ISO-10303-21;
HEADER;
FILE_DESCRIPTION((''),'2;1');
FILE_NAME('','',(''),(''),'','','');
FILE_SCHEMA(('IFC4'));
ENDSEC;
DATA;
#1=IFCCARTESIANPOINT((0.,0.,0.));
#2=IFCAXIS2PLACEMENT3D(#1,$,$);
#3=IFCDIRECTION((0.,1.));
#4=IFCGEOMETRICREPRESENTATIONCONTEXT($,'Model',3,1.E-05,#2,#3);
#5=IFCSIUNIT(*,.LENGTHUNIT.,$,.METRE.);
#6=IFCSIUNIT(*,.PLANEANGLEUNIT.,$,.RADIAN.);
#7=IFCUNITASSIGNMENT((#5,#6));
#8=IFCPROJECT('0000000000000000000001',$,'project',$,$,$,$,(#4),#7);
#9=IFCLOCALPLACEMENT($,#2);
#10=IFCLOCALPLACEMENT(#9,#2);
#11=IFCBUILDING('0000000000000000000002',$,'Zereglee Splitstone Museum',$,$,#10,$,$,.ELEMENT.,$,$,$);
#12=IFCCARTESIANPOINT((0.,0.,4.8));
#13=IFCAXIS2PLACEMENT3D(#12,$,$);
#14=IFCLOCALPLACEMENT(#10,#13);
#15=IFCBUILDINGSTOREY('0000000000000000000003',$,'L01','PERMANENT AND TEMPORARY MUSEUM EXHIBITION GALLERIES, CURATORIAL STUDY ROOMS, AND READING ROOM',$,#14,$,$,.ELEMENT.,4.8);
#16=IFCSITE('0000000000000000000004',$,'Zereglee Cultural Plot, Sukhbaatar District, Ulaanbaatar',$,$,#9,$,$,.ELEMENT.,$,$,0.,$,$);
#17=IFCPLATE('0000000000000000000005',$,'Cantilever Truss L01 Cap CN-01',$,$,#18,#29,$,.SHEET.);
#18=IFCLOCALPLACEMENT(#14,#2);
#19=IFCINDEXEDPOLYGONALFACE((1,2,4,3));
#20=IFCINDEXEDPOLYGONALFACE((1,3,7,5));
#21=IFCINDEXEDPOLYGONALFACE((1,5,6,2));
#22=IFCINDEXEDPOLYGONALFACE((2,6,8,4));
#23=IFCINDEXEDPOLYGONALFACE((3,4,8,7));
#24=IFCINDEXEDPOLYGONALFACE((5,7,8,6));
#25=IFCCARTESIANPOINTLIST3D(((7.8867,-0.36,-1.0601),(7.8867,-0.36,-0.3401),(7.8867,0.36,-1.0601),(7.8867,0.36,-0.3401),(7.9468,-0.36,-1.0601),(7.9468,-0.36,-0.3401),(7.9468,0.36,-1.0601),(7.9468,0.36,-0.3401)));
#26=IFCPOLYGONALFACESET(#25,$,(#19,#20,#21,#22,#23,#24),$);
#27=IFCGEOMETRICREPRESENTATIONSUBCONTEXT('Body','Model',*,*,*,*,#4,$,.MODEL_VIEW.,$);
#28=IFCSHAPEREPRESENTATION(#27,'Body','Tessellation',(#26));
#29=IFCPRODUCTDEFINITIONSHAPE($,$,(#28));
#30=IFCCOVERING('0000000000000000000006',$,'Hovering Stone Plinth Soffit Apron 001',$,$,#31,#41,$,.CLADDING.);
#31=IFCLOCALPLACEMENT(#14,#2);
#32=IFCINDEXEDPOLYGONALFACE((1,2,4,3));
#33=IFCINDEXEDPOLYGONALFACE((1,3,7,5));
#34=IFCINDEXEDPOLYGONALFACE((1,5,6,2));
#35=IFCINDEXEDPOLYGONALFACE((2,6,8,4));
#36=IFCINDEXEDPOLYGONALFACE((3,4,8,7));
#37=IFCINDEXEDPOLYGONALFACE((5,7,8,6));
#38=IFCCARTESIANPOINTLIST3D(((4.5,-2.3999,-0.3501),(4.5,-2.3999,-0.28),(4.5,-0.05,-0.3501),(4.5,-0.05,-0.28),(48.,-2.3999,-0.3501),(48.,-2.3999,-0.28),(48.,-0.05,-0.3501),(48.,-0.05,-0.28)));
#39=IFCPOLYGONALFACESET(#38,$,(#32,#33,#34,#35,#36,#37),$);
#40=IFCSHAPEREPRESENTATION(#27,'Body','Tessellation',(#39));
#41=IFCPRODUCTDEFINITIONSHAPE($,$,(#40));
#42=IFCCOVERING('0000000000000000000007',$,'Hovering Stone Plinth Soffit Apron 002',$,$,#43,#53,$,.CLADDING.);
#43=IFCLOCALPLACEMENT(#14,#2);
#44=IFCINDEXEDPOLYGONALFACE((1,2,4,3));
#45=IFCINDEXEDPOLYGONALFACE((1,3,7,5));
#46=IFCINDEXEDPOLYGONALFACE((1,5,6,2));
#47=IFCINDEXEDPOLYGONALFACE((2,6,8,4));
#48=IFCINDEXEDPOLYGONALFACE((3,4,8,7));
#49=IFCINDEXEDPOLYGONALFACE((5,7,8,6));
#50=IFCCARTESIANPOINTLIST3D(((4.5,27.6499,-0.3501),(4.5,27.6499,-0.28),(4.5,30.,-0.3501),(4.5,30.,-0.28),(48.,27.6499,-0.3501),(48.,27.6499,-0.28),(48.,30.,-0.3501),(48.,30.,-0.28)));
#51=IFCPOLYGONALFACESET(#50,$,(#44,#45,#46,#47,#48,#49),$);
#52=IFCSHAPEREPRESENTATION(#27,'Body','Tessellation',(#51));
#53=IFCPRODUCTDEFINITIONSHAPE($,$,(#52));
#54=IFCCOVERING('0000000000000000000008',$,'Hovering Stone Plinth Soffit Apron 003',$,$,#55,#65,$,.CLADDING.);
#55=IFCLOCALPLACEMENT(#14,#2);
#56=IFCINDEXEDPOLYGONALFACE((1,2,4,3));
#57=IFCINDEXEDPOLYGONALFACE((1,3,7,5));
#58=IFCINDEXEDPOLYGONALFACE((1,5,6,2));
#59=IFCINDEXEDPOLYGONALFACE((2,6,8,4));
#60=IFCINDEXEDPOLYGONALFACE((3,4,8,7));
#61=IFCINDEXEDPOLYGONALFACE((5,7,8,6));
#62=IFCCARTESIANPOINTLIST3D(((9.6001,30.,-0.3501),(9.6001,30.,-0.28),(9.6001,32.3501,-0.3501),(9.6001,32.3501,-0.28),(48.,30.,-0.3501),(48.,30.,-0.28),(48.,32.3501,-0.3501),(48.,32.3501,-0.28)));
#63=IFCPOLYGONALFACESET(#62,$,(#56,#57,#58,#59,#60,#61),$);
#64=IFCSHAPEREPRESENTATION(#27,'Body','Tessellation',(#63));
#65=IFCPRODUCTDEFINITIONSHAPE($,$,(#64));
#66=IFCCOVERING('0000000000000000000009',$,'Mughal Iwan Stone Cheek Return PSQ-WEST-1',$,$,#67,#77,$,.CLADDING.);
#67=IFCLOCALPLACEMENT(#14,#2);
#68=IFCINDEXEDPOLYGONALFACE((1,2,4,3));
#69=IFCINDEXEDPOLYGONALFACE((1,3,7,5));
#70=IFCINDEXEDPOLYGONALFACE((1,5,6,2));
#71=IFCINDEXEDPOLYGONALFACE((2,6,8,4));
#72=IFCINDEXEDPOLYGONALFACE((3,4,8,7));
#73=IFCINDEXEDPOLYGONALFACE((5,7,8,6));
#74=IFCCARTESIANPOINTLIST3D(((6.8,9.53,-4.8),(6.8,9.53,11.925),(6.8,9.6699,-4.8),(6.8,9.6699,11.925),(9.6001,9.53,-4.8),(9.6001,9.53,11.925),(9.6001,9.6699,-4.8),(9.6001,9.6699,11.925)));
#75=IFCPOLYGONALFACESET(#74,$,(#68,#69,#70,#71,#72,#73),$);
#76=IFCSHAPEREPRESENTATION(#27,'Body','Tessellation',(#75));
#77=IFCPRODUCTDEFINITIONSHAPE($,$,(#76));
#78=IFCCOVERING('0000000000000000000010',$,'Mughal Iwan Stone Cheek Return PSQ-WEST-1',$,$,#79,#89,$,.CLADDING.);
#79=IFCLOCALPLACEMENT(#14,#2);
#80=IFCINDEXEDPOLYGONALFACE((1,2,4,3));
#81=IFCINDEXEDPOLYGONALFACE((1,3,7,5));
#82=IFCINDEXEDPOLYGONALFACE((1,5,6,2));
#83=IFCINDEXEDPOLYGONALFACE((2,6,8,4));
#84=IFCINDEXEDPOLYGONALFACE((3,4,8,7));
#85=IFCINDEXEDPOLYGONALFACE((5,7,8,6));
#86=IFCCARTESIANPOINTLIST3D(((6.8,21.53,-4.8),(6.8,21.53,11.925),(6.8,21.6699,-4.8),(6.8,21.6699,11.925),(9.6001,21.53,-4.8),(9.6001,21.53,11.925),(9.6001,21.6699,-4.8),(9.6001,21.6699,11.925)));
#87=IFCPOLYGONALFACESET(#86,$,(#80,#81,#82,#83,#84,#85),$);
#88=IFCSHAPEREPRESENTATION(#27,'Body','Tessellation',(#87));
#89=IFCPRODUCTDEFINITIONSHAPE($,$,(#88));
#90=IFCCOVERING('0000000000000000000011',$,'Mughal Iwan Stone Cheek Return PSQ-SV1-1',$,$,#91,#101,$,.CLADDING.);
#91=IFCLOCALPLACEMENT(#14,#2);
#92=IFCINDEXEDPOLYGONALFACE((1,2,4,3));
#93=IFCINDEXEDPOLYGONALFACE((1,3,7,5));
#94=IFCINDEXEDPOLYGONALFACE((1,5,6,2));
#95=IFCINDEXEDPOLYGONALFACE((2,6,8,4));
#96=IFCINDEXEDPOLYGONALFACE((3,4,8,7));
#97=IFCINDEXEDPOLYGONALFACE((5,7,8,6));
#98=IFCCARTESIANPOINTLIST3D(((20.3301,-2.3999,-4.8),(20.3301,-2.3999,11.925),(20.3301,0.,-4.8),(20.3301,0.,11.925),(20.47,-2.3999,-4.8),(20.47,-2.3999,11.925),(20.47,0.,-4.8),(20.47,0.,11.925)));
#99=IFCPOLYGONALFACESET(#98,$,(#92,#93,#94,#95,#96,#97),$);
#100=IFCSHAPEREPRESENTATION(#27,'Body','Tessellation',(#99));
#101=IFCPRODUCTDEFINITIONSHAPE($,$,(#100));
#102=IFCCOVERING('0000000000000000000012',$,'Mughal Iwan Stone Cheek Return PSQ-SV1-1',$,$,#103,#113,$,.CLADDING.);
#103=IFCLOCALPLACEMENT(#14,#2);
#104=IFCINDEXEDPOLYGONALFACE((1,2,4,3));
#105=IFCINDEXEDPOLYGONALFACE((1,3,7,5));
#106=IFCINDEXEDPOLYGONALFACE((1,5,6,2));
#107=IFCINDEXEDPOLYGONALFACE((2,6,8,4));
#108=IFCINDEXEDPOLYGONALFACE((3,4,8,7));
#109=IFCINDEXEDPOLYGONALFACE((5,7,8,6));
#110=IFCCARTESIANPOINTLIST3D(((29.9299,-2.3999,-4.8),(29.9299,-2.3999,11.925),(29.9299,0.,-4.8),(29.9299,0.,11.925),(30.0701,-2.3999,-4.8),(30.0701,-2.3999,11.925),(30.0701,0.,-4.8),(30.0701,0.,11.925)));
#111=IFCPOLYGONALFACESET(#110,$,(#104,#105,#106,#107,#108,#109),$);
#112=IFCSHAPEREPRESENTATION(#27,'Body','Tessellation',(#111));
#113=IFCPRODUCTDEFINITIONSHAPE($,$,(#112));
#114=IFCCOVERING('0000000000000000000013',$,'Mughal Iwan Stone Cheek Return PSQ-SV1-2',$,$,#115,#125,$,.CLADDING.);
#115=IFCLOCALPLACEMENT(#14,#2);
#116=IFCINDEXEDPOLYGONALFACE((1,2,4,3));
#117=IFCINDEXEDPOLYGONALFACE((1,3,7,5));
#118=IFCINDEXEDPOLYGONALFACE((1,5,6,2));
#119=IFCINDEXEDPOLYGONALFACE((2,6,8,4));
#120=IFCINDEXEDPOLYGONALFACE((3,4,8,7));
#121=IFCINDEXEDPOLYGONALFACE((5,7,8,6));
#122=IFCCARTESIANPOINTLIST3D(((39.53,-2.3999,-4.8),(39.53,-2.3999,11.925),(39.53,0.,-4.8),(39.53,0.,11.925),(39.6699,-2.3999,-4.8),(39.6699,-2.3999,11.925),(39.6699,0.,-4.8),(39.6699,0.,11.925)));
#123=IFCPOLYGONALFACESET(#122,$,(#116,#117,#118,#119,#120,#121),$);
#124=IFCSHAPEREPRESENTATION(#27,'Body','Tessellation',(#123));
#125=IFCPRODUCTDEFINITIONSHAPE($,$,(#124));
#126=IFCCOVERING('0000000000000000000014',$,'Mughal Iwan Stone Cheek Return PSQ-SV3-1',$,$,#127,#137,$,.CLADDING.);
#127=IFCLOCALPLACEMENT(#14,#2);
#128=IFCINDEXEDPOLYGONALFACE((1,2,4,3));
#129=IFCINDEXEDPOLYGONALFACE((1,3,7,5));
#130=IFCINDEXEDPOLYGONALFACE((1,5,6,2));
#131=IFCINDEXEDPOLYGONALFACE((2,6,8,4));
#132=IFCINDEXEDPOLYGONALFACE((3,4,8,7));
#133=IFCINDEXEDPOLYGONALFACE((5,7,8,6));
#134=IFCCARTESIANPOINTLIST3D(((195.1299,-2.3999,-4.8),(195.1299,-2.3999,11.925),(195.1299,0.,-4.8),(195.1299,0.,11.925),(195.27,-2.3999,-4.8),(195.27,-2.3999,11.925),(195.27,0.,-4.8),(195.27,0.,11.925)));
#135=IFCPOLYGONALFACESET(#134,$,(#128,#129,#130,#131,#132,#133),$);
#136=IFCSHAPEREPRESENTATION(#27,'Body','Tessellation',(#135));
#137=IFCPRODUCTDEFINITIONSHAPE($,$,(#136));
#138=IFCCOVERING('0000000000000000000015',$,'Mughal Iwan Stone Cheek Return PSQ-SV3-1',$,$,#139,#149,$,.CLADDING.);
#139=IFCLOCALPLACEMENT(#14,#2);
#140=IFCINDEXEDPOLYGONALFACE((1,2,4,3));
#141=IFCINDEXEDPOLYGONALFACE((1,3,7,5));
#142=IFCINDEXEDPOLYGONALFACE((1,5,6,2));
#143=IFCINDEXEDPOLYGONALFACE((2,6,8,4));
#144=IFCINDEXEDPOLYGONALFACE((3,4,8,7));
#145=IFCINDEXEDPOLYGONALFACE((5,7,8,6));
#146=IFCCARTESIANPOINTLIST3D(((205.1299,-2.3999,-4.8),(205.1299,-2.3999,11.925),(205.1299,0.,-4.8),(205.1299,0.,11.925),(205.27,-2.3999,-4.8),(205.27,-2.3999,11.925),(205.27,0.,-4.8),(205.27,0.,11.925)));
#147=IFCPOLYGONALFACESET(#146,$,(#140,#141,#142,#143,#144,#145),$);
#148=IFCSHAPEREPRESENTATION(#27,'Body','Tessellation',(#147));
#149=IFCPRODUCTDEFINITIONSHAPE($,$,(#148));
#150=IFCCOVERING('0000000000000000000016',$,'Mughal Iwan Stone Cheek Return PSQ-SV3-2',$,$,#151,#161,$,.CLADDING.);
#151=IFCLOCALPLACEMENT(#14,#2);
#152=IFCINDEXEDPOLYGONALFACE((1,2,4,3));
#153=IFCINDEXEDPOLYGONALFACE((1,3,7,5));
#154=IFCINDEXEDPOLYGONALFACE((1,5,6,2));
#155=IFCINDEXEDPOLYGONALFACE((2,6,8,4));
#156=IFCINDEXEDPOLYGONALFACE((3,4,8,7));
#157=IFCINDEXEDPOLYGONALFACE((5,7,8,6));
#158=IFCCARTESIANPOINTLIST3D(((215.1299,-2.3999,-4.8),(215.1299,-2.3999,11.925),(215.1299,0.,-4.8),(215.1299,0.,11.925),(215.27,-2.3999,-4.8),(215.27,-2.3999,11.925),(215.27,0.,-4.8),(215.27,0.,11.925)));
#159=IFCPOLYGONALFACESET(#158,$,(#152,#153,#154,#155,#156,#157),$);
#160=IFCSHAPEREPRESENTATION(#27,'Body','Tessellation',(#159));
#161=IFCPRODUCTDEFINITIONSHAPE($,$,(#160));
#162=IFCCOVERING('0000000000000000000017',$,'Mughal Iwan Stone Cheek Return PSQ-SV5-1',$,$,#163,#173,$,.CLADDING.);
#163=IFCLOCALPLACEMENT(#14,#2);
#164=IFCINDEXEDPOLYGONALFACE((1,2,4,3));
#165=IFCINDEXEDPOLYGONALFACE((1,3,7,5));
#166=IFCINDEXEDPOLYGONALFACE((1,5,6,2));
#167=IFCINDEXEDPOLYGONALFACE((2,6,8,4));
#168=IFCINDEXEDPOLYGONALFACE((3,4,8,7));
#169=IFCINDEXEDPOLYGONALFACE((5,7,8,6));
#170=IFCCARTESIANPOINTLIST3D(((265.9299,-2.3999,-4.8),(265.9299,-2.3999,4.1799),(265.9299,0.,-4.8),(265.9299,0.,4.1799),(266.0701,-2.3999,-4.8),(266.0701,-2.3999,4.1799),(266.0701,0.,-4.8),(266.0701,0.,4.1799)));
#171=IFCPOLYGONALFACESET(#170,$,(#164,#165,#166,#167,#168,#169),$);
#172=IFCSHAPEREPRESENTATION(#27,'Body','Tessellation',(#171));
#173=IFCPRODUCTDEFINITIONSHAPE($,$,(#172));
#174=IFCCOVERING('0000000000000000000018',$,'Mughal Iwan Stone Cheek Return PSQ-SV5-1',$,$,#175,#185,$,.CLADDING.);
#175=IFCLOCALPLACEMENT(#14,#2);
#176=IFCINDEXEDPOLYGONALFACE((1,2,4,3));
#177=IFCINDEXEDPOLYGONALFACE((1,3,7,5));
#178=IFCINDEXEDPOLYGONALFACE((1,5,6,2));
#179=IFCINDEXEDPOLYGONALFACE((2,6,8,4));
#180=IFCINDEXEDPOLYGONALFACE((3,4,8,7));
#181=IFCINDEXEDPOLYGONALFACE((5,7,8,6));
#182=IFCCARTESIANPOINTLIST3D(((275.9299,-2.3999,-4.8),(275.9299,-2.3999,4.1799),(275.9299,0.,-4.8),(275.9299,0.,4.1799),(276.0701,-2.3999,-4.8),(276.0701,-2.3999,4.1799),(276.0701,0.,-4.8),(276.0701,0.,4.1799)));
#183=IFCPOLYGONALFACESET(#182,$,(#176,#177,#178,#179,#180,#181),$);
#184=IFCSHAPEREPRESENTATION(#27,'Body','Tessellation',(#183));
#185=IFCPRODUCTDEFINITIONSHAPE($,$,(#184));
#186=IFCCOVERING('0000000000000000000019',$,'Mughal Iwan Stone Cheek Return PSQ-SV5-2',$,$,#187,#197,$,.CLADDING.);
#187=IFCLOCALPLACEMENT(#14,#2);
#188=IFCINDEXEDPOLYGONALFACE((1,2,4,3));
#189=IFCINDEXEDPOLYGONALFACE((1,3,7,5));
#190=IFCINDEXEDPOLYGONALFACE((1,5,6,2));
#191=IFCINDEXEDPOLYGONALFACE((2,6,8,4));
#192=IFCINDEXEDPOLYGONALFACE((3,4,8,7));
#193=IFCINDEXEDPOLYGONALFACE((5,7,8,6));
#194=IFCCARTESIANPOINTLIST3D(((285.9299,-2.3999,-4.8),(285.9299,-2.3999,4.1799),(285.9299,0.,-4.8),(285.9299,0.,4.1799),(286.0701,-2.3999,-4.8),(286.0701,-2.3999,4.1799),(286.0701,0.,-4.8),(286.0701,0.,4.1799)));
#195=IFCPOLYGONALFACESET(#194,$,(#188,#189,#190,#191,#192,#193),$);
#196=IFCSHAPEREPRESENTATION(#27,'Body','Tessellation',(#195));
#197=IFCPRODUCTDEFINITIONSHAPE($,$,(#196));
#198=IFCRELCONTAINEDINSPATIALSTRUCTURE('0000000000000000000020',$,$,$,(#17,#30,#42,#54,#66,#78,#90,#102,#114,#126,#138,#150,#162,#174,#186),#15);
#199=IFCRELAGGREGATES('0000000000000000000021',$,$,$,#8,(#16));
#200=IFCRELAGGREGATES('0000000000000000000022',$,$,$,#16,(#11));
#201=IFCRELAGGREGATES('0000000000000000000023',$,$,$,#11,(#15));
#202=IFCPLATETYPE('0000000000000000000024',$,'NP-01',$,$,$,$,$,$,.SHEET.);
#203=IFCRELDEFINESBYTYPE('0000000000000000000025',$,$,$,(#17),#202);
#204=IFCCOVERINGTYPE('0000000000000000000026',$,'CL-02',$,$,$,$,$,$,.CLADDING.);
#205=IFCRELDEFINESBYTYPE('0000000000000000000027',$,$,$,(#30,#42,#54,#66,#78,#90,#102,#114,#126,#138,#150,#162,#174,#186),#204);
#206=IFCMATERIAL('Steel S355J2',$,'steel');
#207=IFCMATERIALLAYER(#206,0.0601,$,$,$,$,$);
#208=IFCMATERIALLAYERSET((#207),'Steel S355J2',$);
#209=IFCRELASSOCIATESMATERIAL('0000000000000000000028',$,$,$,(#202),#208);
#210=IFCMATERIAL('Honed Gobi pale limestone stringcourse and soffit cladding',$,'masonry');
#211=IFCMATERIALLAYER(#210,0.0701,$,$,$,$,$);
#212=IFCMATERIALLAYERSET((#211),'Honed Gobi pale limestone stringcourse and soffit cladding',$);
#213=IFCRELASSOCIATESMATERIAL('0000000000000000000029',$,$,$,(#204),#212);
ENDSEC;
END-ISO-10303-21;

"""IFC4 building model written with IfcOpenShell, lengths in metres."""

from ifc_helpers import new_model, si_unit, direction, frame, origin, origin_2d, place, context, subcontext, project, spatial, polyline, rectangle, outline, extrude, material, layer, layer_set, type_object, element, save


model = new_model("IFC4")

# Units and contexts
model_context = context("Model", 3, precision=1e-05, world=origin(), true_north=direction((0.0, 1.0)))
body_context = subcontext(model_context, "Body", "Model", "MODEL_VIEW")
ifc_project = project(units=[si_unit("LENGTHUNIT", "METRE"), si_unit("PLANEANGLEUNIT", "RADIAN")], contexts=[model_context])

# Site, building, storey
site_placement = place(None, origin())
site = spatial("IfcSite", under=ifc_project, at=site_placement, Name="Zereglee Cultural Plot, Sukhbaatar District, Ulaanbaatar", CompositionType="ELEMENT", RefElevation=0.0)
building_placement = place(site_placement, origin())
building = spatial("IfcBuilding", under=site, at=building_placement, Name="Zereglee Splitstone Museum", CompositionType="ELEMENT")
storey_placement = place(building_placement, frame((0.0, 0.0, 4.8)))
storey = spatial("IfcBuildingStorey", under=building, at=storey_placement, Name="L01", Description="PERMANENT AND TEMPORARY MUSEUM EXHIBITION GALLERIES, CURATORIAL STUDY ROOMS, AND READING ROOM", CompositionType="ELEMENT", Elevation=4.8)

# Shared definitions
ifc_material_1 = material(Name="Steel S355J2", Category="steel")

# Plate
ifc_layer_1 = layer(ifc_material_1, 0.0601)
ifc_layer_set_1 = layer_set([ifc_layer_1], Name="Steel S355J2")
plate_type_1 = type_object("IfcPlateType", Name="NP-01", PredefinedType="SHEET", material=ifc_layer_set_1)
for number, where, z_axis, x_axis, name in (
    (1, (7.9167, 0.0, -1.0601), (0.0, 0.0, 1.0), (1.0, 0.0, 0.0), "Cantilever Truss L01 Cap CN-01"),
):
    element("IfcPlate", number, at=place(storey_placement, frame(where, z_axis=z_axis, x_axis=x_axis)), inside=storey, type_object=plate_type_1, Name=name, PredefinedType="SHEET", context=body_context, shape_type="SweptSolid", body=[
        extrude(rectangle(XDim=0.0601, YDim=0.72, at=origin_2d()), origin(), (0.0, 0.0, 1.0), 0.72),
    ])

# Coverings
ifc_material_2 = material(Name="Honed Gobi pale limestone stringcourse and soffit cladding", Category="masonry")
ifc_layer_2 = layer(ifc_material_2, 0.0701)
ifc_layer_set_2 = layer_set([ifc_layer_2], Name="Honed Gobi pale limestone stringcourse and soffit cladding")
covering_type = type_object("IfcCoveringType", Name="CL-02", PredefinedType="CLADDING", material=ifc_layer_set_2)
covering_1_placement = place(storey_placement, frame((0.0, 0.0, -0.3501)))
element("IfcCovering", 2, at=covering_1_placement, inside=storey, type_object=covering_type, Name="Hovering Stone Plinth Soffit Apron 001", PredefinedType="CLADDING", context=body_context, shape_type="SweptSolid", body=[
    extrude(outline(polyline([(4.5, -2.3999), (48.0, -2.3999), (48.0, -0.05), (4.5, -0.05), (4.5, -2.3999)])), origin(), (0.0, 0.0, 1.0), 0.0701),
])
covering_2_placement = place(storey_placement, frame((0.0, 0.0, -0.3501)))
element("IfcCovering", 3, at=covering_2_placement, inside=storey, type_object=covering_type, Name="Hovering Stone Plinth Soffit Apron 002", PredefinedType="CLADDING", context=body_context, shape_type="SweptSolid", body=[
    extrude(outline(polyline([(4.5, 27.6499), (48.0, 27.6499), (48.0, 30.0), (4.5, 30.0), (4.5, 27.6499)])), origin(), (0.0, 0.0, 1.0), 0.0701),
])
covering_3_placement = place(storey_placement, frame((0.0, 0.0, -0.3501)))
element("IfcCovering", 4, at=covering_3_placement, inside=storey, type_object=covering_type, Name="Hovering Stone Plinth Soffit Apron 003", PredefinedType="CLADDING", context=body_context, shape_type="SweptSolid", body=[
    extrude(outline(polyline([(9.6001, 30.0), (48.0, 30.0), (48.0, 32.3501), (9.6001, 32.3501), (9.6001, 30.0)])), origin(), (0.0, 0.0, 1.0), 0.0701),
])
covering_4_placement = place(storey_placement, frame((0.0, 0.0, -4.8)))
element("IfcCovering", 5, at=covering_4_placement, inside=storey, type_object=covering_type, Name="Mughal Iwan Stone Cheek Return PSQ-WEST-1", PredefinedType="CLADDING", context=body_context, shape_type="SweptSolid", body=[
    extrude(outline(polyline([(6.8, 9.53), (9.6001, 9.53), (9.6001, 9.6699), (6.8, 9.6699), (6.8, 9.53)])), origin(), (0.0, 0.0, 1.0), 16.7251),
])
covering_5_placement = place(storey_placement, frame((0.0, 0.0, -4.8)))
element("IfcCovering", 6, at=covering_5_placement, inside=storey, type_object=covering_type, Name="Mughal Iwan Stone Cheek Return PSQ-WEST-1", PredefinedType="CLADDING", context=body_context, shape_type="SweptSolid", body=[
    extrude(outline(polyline([(6.8, 21.53), (9.6001, 21.53), (9.6001, 21.6699), (6.8, 21.6699), (6.8, 21.53)])), origin(), (0.0, 0.0, 1.0), 16.7251),
])
covering_6_placement = place(storey_placement, frame((0.0, 0.0, -4.8)))
element("IfcCovering", 7, at=covering_6_placement, inside=storey, type_object=covering_type, Name="Mughal Iwan Stone Cheek Return PSQ-SV1-1", PredefinedType="CLADDING", context=body_context, shape_type="SweptSolid", body=[
    extrude(outline(polyline([(20.3301, -2.3999), (20.47, -2.3999), (20.47, 0.0), (20.3301, 0.0), (20.3301, -2.3999)])), origin(), (0.0, 0.0, 1.0), 16.7251),
])
covering_7_placement = place(storey_placement, frame((0.0, 0.0, -4.8)))
element("IfcCovering", 8, at=covering_7_placement, inside=storey, type_object=covering_type, Name="Mughal Iwan Stone Cheek Return PSQ-SV1-1", PredefinedType="CLADDING", context=body_context, shape_type="SweptSolid", body=[
    extrude(outline(polyline([(29.9299, -2.3999), (30.0701, -2.3999), (30.0701, 0.0), (29.9299, 0.0), (29.9299, -2.3999)])), origin(), (0.0, 0.0, 1.0), 16.7251),
])
covering_8_placement = place(storey_placement, frame((0.0, 0.0, -4.8)))
element("IfcCovering", 9, at=covering_8_placement, inside=storey, type_object=covering_type, Name="Mughal Iwan Stone Cheek Return PSQ-SV1-2", PredefinedType="CLADDING", context=body_context, shape_type="SweptSolid", body=[
    extrude(outline(polyline([(39.53, -2.3999), (39.6699, -2.3999), (39.6699, 0.0), (39.53, 0.0), (39.53, -2.3999)])), origin(), (0.0, 0.0, 1.0), 16.7251),
])
covering_9_placement = place(storey_placement, frame((0.0, 0.0, -4.8)))
element("IfcCovering", 10, at=covering_9_placement, inside=storey, type_object=covering_type, Name="Mughal Iwan Stone Cheek Return PSQ-SV3-1", PredefinedType="CLADDING", context=body_context, shape_type="SweptSolid", body=[
    extrude(outline(polyline([(195.1299, -2.3999), (195.27, -2.3999), (195.27, 0.0), (195.1299, 0.0), (195.1299, -2.3999)])), origin(), (0.0, 0.0, 1.0), 16.7251),
])
covering_10_placement = place(storey_placement, frame((0.0, 0.0, -4.8)))
element("IfcCovering", 11, at=covering_10_placement, inside=storey, type_object=covering_type, Name="Mughal Iwan Stone Cheek Return PSQ-SV3-1", PredefinedType="CLADDING", context=body_context, shape_type="SweptSolid", body=[
    extrude(outline(polyline([(205.1299, -2.3999), (205.27, -2.3999), (205.27, 0.0), (205.1299, 0.0), (205.1299, -2.3999)])), origin(), (0.0, 0.0, 1.0), 16.7251),
])
covering_11_placement = place(storey_placement, frame((0.0, 0.0, -4.8)))
element("IfcCovering", 12, at=covering_11_placement, inside=storey, type_object=covering_type, Name="Mughal Iwan Stone Cheek Return PSQ-SV3-2", PredefinedType="CLADDING", context=body_context, shape_type="SweptSolid", body=[
    extrude(outline(polyline([(215.1299, -2.3999), (215.27, -2.3999), (215.27, 0.0), (215.1299, 0.0), (215.1299, -2.3999)])), origin(), (0.0, 0.0, 1.0), 16.7251),
])
covering_12_placement = place(storey_placement, frame((0.0, 0.0, -4.8)))
element("IfcCovering", 13, at=covering_12_placement, inside=storey, type_object=covering_type, Name="Mughal Iwan Stone Cheek Return PSQ-SV5-1", PredefinedType="CLADDING", context=body_context, shape_type="SweptSolid", body=[
    extrude(outline(polyline([(265.9299, -2.3999), (266.0701, -2.3999), (266.0701, 0.0), (265.9299, 0.0), (265.9299, -2.3999)])), origin(), (0.0, 0.0, 1.0), 8.98),
])
covering_13_placement = place(storey_placement, frame((0.0, 0.0, -4.8)))
element("IfcCovering", 14, at=covering_13_placement, inside=storey, type_object=covering_type, Name="Mughal Iwan Stone Cheek Return PSQ-SV5-1", PredefinedType="CLADDING", context=body_context, shape_type="SweptSolid", body=[
    extrude(outline(polyline([(275.9299, -2.3999), (276.0701, -2.3999), (276.0701, 0.0), (275.9299, 0.0), (275.9299, -2.3999)])), origin(), (0.0, 0.0, 1.0), 8.98),
])
covering_14_placement = place(storey_placement, frame((0.0, 0.0, -4.8)))
element("IfcCovering", 15, at=covering_14_placement, inside=storey, type_object=covering_type, Name="Mughal Iwan Stone Cheek Return PSQ-SV5-2", PredefinedType="CLADDING", context=body_context, shape_type="SweptSolid", body=[
    extrude(outline(polyline([(285.9299, -2.3999), (286.0701, -2.3999), (286.0701, 0.0), (285.9299, 0.0), (285.9299, -2.3999)])), origin(), (0.0, 0.0, 1.0), 8.98),
])

save(model, "model.ifc")
